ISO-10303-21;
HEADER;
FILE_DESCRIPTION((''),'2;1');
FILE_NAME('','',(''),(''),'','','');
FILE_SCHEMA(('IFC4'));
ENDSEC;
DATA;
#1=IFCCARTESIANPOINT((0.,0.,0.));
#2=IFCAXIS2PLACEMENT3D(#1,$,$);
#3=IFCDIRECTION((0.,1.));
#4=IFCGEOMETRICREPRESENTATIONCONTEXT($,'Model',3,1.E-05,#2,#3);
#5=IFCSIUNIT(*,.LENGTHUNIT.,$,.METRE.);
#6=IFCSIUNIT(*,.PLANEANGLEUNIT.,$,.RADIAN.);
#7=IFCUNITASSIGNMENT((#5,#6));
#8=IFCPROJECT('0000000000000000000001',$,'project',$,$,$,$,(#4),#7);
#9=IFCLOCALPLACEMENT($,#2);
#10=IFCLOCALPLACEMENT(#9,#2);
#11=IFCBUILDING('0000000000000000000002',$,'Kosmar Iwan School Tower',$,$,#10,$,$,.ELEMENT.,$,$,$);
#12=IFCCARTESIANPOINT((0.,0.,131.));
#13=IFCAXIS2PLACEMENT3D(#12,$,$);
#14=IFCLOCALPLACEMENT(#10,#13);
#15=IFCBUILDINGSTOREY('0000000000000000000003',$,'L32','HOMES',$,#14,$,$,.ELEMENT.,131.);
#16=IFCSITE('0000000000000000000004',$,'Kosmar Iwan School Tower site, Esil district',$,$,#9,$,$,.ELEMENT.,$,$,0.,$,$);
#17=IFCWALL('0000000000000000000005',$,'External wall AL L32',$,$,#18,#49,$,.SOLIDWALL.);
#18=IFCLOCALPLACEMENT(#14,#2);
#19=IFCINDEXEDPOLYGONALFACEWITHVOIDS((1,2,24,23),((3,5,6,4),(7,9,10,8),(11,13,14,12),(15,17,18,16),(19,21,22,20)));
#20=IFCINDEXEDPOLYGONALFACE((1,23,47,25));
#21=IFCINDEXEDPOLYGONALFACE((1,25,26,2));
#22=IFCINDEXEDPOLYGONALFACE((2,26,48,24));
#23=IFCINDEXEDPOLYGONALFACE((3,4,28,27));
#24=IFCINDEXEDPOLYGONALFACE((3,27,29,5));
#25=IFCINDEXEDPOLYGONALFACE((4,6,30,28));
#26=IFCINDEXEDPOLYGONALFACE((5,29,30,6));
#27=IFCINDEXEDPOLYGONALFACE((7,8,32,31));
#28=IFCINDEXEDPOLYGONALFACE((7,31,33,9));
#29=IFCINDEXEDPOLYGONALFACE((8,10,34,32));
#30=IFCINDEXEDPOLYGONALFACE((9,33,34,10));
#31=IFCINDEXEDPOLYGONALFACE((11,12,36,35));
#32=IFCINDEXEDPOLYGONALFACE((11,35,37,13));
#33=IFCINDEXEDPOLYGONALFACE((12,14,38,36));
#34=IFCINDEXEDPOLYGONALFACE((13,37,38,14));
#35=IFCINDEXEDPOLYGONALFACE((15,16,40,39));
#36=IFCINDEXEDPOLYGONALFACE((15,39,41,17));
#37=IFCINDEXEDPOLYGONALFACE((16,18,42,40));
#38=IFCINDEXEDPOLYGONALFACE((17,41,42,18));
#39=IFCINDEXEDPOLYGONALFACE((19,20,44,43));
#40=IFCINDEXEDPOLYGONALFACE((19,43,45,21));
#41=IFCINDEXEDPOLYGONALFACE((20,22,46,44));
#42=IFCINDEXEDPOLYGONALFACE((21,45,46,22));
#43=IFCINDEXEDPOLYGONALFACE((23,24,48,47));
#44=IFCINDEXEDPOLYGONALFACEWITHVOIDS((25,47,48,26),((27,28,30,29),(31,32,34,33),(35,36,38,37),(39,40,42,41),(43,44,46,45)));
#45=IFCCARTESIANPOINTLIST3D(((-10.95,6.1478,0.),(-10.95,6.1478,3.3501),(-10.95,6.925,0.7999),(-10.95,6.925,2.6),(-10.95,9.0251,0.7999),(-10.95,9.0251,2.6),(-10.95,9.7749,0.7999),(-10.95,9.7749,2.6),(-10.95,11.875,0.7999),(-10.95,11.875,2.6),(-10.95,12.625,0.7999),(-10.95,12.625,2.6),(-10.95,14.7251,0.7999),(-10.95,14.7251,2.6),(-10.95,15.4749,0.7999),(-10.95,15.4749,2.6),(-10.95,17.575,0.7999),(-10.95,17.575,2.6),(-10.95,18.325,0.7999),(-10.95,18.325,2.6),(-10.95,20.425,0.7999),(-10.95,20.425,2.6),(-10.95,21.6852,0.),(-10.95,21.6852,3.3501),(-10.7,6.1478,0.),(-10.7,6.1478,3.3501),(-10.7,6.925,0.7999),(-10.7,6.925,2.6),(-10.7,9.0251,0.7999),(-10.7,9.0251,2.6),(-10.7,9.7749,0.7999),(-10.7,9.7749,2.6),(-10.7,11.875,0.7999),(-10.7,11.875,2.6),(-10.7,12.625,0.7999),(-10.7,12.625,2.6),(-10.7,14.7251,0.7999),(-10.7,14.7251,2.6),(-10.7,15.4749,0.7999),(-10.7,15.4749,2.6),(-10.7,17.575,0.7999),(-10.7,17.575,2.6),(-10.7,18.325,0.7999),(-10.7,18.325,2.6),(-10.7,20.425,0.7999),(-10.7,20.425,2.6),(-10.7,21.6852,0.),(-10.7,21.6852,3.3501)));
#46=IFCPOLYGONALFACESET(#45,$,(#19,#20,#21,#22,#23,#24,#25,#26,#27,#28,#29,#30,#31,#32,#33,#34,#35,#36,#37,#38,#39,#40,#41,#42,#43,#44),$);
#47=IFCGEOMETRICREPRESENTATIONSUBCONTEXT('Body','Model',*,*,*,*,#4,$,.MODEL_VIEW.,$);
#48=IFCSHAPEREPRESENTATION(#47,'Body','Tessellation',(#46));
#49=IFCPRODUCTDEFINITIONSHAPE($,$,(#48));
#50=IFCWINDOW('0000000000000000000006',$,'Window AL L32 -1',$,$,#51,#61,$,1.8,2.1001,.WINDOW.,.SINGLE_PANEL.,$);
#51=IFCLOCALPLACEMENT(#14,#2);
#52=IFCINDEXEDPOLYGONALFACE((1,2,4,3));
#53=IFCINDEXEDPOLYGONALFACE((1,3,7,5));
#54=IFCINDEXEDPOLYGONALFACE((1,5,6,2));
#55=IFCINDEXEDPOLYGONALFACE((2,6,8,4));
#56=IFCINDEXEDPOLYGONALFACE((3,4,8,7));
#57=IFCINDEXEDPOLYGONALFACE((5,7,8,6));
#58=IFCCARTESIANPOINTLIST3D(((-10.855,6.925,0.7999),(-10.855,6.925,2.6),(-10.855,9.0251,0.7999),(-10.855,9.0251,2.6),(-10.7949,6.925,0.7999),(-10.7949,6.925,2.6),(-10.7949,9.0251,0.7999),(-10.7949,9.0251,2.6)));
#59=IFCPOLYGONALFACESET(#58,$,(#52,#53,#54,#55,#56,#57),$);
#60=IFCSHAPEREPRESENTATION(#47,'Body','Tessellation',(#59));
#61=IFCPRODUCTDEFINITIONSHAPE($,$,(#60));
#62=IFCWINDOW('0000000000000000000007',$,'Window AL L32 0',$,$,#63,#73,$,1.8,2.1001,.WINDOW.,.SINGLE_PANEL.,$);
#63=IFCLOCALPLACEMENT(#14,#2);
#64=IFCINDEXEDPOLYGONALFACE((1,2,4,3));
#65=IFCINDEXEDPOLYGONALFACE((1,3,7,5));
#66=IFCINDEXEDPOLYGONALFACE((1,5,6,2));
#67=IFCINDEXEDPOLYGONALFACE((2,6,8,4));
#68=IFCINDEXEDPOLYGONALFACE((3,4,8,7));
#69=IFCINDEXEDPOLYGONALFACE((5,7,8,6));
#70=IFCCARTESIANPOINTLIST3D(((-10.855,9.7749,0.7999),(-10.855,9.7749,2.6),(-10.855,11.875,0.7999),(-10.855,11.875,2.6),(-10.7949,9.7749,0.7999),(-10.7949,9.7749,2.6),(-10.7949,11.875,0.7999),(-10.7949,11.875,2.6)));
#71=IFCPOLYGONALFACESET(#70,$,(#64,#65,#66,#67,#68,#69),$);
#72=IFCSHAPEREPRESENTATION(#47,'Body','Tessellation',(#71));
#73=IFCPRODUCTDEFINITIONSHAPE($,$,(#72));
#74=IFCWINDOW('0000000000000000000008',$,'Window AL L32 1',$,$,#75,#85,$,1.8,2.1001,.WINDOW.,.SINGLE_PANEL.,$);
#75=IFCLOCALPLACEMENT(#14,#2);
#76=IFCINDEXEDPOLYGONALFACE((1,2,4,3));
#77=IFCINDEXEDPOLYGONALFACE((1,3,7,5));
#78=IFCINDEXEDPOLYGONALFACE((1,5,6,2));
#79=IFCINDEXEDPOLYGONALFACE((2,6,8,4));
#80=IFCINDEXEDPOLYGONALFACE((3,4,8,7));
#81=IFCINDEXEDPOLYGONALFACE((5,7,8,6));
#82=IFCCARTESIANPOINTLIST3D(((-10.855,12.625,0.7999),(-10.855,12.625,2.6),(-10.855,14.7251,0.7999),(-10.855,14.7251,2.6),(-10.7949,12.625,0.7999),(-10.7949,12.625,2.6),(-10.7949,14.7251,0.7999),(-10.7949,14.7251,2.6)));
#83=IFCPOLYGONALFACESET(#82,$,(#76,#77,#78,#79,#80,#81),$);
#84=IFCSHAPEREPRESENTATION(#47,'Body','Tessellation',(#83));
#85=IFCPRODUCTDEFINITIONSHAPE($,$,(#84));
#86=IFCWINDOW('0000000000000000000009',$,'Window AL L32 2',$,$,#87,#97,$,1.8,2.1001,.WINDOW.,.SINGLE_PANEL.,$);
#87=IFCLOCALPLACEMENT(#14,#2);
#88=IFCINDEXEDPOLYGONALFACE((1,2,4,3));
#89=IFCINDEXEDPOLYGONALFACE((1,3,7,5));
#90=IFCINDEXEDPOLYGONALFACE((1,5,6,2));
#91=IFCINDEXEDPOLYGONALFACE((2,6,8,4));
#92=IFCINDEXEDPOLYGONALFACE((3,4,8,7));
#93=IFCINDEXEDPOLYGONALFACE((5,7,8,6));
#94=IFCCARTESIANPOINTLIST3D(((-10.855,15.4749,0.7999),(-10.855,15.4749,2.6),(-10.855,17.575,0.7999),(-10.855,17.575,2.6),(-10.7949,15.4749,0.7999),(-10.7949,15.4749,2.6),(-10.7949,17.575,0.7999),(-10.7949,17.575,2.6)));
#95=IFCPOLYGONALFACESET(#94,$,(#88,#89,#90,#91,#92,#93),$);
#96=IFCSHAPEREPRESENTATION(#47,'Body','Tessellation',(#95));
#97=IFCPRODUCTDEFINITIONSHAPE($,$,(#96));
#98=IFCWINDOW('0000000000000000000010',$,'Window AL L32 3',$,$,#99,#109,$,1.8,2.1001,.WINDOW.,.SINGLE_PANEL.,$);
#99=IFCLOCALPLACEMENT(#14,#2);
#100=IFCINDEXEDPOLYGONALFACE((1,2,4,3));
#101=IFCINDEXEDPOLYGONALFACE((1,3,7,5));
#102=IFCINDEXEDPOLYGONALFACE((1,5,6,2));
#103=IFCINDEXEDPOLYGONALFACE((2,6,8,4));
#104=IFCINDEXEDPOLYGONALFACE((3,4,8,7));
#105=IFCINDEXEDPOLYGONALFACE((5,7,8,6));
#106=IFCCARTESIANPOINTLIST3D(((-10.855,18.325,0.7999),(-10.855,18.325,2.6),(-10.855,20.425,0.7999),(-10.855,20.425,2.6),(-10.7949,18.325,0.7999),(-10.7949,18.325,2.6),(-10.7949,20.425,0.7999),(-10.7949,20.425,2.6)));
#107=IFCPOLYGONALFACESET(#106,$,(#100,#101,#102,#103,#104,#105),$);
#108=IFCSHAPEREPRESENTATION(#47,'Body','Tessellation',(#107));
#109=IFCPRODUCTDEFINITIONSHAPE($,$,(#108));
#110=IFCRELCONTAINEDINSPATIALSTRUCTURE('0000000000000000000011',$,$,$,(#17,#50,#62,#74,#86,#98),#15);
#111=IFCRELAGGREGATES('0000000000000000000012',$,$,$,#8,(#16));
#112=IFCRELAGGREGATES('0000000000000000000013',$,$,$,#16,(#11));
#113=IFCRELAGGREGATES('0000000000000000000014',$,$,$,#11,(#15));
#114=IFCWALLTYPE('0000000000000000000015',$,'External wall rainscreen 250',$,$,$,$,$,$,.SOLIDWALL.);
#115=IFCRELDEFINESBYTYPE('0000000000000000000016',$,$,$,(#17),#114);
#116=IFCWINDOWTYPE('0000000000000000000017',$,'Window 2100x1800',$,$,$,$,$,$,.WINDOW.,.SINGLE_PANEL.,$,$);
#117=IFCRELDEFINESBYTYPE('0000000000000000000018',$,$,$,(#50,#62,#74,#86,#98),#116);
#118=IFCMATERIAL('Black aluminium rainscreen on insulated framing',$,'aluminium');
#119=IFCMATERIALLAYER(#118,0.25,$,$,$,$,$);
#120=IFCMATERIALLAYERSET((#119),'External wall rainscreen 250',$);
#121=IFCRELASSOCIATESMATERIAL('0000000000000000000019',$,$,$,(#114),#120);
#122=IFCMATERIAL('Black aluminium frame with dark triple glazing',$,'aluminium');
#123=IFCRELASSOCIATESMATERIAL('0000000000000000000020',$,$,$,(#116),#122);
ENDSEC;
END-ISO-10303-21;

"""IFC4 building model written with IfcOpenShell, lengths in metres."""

from ifc_helpers import new_model, si_unit, direction, frame, frame_2d, origin, place, context, subcontext, project, spatial, rectangle, extrude, material, layer, layer_set, type_object, element, fill, save


model = new_model("IFC4")

# Units and contexts
model_context = context("Model", 3, precision=1e-05, world=origin(), true_north=direction((0.0, 1.0)))
body_context = subcontext(model_context, "Body", "Model", "MODEL_VIEW")
ifc_project = project(units=[si_unit("LENGTHUNIT", "METRE"), si_unit("PLANEANGLEUNIT", "RADIAN")], contexts=[model_context])

# Site, building, storey
site_placement = place(None, origin())
site = spatial("IfcSite", under=ifc_project, at=site_placement, Name="Kosmar Iwan School Tower site, Esil district", CompositionType="ELEMENT", RefElevation=0.0)
building_placement = place(site_placement, origin())
building = spatial("IfcBuilding", under=site, at=building_placement, Name="Kosmar Iwan School Tower", CompositionType="ELEMENT")
storey_placement = place(building_placement, frame((0.0, 0.0, 131.0)))
storey = spatial("IfcBuildingStorey", under=building, at=storey_placement, Name="L32", Description="HOMES", CompositionType="ELEMENT", Elevation=131.0)

# Wall, openings, windows
ifc_material_1 = material(Name="Black aluminium rainscreen on insulated framing", Category="aluminium")
ifc_layer_1 = layer(ifc_material_1, 0.25)
ifc_layer_set_1 = layer_set([ifc_layer_1], Name="External wall rainscreen 250")
wall_type_1 = type_object("IfcWallType", Name="External wall rainscreen 250", PredefinedType="SOLIDWALL", material=ifc_layer_set_1)
wall_1_placement = place(storey_placement, frame((-10.825, 6.1479, 0.0), z_axis=(0.0, 0.0, 1.0), x_axis=(0.0, 1.0, 0.0)))
wall_1 = element("IfcWall", 1, at=wall_1_placement, inside=storey, type_object=wall_type_1, Name="External wall AL L32", PredefinedType="SOLIDWALL", context=body_context, shape_type="SweptSolid", body=[
    extrude(rectangle(XDim=15.5374, YDim=0.25, at=frame_2d((7.7686, 0.0))), origin(), (0.0, 0.0, 1.0), 3.3501),
])
opening_1_placement = place(wall_1_placement, frame((0.7771, 0.0, 0.8)))
opening_1 = element("IfcOpeningElement", 2, at=opening_1_placement, cuts=wall_1, PredefinedType="OPENING", context=body_context, shape_type="SweptSolid", body=[
    extrude(rectangle(XDim=2.1001, YDim=1.8, at=frame_2d((1.05, 0.8999))), frame((0.0, 0.137, 0.0), z_axis=(0.0, -1.0, 0.0), x_axis=(1.0, 0.0, 0.0)), (0.0, 0.0, 1.0), 0.2739),
])
opening_2_placement = place(wall_1_placement, frame((3.627, 0.0, 0.8)))
opening_2 = element("IfcOpeningElement", 3, at=opening_2_placement, cuts=wall_1, PredefinedType="OPENING", context=body_context, shape_type="SweptSolid", body=[
    extrude(rectangle(XDim=2.1001, YDim=1.8, at=frame_2d((1.05, 0.8999))), frame((0.0, 0.137, 0.0), z_axis=(0.0, -1.0, 0.0), x_axis=(1.0, 0.0, 0.0)), (0.0, 0.0, 1.0), 0.2739),
])
opening_3_placement = place(wall_1_placement, frame((6.4771, 0.0, 0.8)))
opening_3 = element("IfcOpeningElement", 4, at=opening_3_placement, cuts=wall_1, PredefinedType="OPENING", context=body_context, shape_type="SweptSolid", body=[
    extrude(rectangle(XDim=2.1001, YDim=1.8, at=frame_2d((1.05, 0.8999))), frame((0.0, 0.137, 0.0), z_axis=(0.0, -1.0, 0.0), x_axis=(1.0, 0.0, 0.0)), (0.0, 0.0, 1.0), 0.2739),
])
opening_4_placement = place(wall_1_placement, frame((9.3269, 0.0, 0.8)))
opening_4 = element("IfcOpeningElement", 5, at=opening_4_placement, cuts=wall_1, PredefinedType="OPENING", context=body_context, shape_type="SweptSolid", body=[
    extrude(rectangle(XDim=2.1001, YDim=1.8, at=frame_2d((1.05, 0.8999))), frame((0.0, 0.137, 0.0), z_axis=(0.0, -1.0, 0.0), x_axis=(1.0, 0.0, 0.0)), (0.0, 0.0, 1.0), 0.2739),
])
opening_5_placement = place(wall_1_placement, frame((12.177, 0.0, 0.8)))
opening_5 = element("IfcOpeningElement", 6, at=opening_5_placement, cuts=wall_1, PredefinedType="OPENING", context=body_context, shape_type="SweptSolid", body=[
    extrude(rectangle(XDim=2.1001, YDim=1.8, at=frame_2d((1.05, 0.8999))), frame((0.0, 0.137, 0.0), z_axis=(0.0, -1.0, 0.0), x_axis=(1.0, 0.0, 0.0)), (0.0, 0.0, 1.0), 0.2739),
])
ifc_material_2 = material(Name="Black aluminium frame with dark triple glazing", Category="aluminium")
window_type = type_object("IfcWindowType", Name="Window 2100x1800", PartitioningType="SINGLE_PANEL", PredefinedType="WINDOW", material=ifc_material_2)
window_1_placement = place(opening_1_placement, origin())
window_1 = element("IfcWindow", 7, at=window_1_placement, inside=storey, type_object=window_type, Name="Window AL L32 -1", OverallHeight=1.8, OverallWidth=2.1001, PartitioningType="SINGLE_PANEL", PredefinedType="WINDOW", context=body_context, shape_type="SweptSolid", body=[
    extrude(rectangle(XDim=2.1001, YDim=1.8, at=frame_2d((1.05, 0.8999))), frame((0.0, 0.03, 0.0), z_axis=(0.0, -1.0, 0.0), x_axis=(1.0, 0.0, 0.0)), (0.0, 0.0, 1.0), 0.0601),
])
fill(opening_1, window_1)
window_2_placement = place(opening_2_placement, origin())
window_2 = element("IfcWindow", 8, at=window_2_placement, inside=storey, type_object=window_type, Name="Window AL L32 0", OverallHeight=1.8, OverallWidth=2.1001, PartitioningType="SINGLE_PANEL", PredefinedType="WINDOW", context=body_context, shape_type="SweptSolid", body=[
    extrude(rectangle(XDim=2.1001, YDim=1.8, at=frame_2d((1.05, 0.8999))), frame((0.0, 0.03, 0.0), z_axis=(0.0, -1.0, 0.0), x_axis=(1.0, 0.0, 0.0)), (0.0, 0.0, 1.0), 0.0601),
])
fill(opening_2, window_2)
window_3_placement = place(opening_3_placement, origin())
window_3 = element("IfcWindow", 9, at=window_3_placement, inside=storey, type_object=window_type, Name="Window AL L32 1", OverallHeight=1.8, OverallWidth=2.1001, PartitioningType="SINGLE_PANEL", PredefinedType="WINDOW", context=body_context, shape_type="SweptSolid", body=[
    extrude(rectangle(XDim=2.1001, YDim=1.8, at=frame_2d((1.05, 0.8999))), frame((0.0, 0.03, 0.0), z_axis=(0.0, -1.0, 0.0), x_axis=(1.0, 0.0, 0.0)), (0.0, 0.0, 1.0), 0.0601),
])
fill(opening_3, window_3)
window_4_placement = place(opening_4_placement, origin())
window_4 = element("IfcWindow", 10, at=window_4_placement, inside=storey, type_object=window_type, Name="Window AL L32 2", OverallHeight=1.8, OverallWidth=2.1001, PartitioningType="SINGLE_PANEL", PredefinedType="WINDOW", context=body_context, shape_type="SweptSolid", body=[
    extrude(rectangle(XDim=2.1001, YDim=1.8, at=frame_2d((1.05, 0.8999))), frame((0.0, 0.03, 0.0), z_axis=(0.0, -1.0, 0.0), x_axis=(1.0, 0.0, 0.0)), (0.0, 0.0, 1.0), 0.0601),
])
fill(opening_4, window_4)
window_5_placement = place(opening_5_placement, origin())
window_5 = element("IfcWindow", 11, at=window_5_placement, inside=storey, type_object=window_type, Name="Window AL L32 3", OverallHeight=1.8, OverallWidth=2.1001, PartitioningType="SINGLE_PANEL", PredefinedType="WINDOW", context=body_context, shape_type="SweptSolid", body=[
    extrude(rectangle(XDim=2.1001, YDim=1.8, at=frame_2d((1.05, 0.8999))), frame((0.0, 0.03, 0.0), z_axis=(0.0, -1.0, 0.0), x_axis=(1.0, 0.0, 0.0)), (0.0, 0.0, 1.0), 0.0601),
])
fill(opening_5, window_5)

save(model, "model.ifc")
